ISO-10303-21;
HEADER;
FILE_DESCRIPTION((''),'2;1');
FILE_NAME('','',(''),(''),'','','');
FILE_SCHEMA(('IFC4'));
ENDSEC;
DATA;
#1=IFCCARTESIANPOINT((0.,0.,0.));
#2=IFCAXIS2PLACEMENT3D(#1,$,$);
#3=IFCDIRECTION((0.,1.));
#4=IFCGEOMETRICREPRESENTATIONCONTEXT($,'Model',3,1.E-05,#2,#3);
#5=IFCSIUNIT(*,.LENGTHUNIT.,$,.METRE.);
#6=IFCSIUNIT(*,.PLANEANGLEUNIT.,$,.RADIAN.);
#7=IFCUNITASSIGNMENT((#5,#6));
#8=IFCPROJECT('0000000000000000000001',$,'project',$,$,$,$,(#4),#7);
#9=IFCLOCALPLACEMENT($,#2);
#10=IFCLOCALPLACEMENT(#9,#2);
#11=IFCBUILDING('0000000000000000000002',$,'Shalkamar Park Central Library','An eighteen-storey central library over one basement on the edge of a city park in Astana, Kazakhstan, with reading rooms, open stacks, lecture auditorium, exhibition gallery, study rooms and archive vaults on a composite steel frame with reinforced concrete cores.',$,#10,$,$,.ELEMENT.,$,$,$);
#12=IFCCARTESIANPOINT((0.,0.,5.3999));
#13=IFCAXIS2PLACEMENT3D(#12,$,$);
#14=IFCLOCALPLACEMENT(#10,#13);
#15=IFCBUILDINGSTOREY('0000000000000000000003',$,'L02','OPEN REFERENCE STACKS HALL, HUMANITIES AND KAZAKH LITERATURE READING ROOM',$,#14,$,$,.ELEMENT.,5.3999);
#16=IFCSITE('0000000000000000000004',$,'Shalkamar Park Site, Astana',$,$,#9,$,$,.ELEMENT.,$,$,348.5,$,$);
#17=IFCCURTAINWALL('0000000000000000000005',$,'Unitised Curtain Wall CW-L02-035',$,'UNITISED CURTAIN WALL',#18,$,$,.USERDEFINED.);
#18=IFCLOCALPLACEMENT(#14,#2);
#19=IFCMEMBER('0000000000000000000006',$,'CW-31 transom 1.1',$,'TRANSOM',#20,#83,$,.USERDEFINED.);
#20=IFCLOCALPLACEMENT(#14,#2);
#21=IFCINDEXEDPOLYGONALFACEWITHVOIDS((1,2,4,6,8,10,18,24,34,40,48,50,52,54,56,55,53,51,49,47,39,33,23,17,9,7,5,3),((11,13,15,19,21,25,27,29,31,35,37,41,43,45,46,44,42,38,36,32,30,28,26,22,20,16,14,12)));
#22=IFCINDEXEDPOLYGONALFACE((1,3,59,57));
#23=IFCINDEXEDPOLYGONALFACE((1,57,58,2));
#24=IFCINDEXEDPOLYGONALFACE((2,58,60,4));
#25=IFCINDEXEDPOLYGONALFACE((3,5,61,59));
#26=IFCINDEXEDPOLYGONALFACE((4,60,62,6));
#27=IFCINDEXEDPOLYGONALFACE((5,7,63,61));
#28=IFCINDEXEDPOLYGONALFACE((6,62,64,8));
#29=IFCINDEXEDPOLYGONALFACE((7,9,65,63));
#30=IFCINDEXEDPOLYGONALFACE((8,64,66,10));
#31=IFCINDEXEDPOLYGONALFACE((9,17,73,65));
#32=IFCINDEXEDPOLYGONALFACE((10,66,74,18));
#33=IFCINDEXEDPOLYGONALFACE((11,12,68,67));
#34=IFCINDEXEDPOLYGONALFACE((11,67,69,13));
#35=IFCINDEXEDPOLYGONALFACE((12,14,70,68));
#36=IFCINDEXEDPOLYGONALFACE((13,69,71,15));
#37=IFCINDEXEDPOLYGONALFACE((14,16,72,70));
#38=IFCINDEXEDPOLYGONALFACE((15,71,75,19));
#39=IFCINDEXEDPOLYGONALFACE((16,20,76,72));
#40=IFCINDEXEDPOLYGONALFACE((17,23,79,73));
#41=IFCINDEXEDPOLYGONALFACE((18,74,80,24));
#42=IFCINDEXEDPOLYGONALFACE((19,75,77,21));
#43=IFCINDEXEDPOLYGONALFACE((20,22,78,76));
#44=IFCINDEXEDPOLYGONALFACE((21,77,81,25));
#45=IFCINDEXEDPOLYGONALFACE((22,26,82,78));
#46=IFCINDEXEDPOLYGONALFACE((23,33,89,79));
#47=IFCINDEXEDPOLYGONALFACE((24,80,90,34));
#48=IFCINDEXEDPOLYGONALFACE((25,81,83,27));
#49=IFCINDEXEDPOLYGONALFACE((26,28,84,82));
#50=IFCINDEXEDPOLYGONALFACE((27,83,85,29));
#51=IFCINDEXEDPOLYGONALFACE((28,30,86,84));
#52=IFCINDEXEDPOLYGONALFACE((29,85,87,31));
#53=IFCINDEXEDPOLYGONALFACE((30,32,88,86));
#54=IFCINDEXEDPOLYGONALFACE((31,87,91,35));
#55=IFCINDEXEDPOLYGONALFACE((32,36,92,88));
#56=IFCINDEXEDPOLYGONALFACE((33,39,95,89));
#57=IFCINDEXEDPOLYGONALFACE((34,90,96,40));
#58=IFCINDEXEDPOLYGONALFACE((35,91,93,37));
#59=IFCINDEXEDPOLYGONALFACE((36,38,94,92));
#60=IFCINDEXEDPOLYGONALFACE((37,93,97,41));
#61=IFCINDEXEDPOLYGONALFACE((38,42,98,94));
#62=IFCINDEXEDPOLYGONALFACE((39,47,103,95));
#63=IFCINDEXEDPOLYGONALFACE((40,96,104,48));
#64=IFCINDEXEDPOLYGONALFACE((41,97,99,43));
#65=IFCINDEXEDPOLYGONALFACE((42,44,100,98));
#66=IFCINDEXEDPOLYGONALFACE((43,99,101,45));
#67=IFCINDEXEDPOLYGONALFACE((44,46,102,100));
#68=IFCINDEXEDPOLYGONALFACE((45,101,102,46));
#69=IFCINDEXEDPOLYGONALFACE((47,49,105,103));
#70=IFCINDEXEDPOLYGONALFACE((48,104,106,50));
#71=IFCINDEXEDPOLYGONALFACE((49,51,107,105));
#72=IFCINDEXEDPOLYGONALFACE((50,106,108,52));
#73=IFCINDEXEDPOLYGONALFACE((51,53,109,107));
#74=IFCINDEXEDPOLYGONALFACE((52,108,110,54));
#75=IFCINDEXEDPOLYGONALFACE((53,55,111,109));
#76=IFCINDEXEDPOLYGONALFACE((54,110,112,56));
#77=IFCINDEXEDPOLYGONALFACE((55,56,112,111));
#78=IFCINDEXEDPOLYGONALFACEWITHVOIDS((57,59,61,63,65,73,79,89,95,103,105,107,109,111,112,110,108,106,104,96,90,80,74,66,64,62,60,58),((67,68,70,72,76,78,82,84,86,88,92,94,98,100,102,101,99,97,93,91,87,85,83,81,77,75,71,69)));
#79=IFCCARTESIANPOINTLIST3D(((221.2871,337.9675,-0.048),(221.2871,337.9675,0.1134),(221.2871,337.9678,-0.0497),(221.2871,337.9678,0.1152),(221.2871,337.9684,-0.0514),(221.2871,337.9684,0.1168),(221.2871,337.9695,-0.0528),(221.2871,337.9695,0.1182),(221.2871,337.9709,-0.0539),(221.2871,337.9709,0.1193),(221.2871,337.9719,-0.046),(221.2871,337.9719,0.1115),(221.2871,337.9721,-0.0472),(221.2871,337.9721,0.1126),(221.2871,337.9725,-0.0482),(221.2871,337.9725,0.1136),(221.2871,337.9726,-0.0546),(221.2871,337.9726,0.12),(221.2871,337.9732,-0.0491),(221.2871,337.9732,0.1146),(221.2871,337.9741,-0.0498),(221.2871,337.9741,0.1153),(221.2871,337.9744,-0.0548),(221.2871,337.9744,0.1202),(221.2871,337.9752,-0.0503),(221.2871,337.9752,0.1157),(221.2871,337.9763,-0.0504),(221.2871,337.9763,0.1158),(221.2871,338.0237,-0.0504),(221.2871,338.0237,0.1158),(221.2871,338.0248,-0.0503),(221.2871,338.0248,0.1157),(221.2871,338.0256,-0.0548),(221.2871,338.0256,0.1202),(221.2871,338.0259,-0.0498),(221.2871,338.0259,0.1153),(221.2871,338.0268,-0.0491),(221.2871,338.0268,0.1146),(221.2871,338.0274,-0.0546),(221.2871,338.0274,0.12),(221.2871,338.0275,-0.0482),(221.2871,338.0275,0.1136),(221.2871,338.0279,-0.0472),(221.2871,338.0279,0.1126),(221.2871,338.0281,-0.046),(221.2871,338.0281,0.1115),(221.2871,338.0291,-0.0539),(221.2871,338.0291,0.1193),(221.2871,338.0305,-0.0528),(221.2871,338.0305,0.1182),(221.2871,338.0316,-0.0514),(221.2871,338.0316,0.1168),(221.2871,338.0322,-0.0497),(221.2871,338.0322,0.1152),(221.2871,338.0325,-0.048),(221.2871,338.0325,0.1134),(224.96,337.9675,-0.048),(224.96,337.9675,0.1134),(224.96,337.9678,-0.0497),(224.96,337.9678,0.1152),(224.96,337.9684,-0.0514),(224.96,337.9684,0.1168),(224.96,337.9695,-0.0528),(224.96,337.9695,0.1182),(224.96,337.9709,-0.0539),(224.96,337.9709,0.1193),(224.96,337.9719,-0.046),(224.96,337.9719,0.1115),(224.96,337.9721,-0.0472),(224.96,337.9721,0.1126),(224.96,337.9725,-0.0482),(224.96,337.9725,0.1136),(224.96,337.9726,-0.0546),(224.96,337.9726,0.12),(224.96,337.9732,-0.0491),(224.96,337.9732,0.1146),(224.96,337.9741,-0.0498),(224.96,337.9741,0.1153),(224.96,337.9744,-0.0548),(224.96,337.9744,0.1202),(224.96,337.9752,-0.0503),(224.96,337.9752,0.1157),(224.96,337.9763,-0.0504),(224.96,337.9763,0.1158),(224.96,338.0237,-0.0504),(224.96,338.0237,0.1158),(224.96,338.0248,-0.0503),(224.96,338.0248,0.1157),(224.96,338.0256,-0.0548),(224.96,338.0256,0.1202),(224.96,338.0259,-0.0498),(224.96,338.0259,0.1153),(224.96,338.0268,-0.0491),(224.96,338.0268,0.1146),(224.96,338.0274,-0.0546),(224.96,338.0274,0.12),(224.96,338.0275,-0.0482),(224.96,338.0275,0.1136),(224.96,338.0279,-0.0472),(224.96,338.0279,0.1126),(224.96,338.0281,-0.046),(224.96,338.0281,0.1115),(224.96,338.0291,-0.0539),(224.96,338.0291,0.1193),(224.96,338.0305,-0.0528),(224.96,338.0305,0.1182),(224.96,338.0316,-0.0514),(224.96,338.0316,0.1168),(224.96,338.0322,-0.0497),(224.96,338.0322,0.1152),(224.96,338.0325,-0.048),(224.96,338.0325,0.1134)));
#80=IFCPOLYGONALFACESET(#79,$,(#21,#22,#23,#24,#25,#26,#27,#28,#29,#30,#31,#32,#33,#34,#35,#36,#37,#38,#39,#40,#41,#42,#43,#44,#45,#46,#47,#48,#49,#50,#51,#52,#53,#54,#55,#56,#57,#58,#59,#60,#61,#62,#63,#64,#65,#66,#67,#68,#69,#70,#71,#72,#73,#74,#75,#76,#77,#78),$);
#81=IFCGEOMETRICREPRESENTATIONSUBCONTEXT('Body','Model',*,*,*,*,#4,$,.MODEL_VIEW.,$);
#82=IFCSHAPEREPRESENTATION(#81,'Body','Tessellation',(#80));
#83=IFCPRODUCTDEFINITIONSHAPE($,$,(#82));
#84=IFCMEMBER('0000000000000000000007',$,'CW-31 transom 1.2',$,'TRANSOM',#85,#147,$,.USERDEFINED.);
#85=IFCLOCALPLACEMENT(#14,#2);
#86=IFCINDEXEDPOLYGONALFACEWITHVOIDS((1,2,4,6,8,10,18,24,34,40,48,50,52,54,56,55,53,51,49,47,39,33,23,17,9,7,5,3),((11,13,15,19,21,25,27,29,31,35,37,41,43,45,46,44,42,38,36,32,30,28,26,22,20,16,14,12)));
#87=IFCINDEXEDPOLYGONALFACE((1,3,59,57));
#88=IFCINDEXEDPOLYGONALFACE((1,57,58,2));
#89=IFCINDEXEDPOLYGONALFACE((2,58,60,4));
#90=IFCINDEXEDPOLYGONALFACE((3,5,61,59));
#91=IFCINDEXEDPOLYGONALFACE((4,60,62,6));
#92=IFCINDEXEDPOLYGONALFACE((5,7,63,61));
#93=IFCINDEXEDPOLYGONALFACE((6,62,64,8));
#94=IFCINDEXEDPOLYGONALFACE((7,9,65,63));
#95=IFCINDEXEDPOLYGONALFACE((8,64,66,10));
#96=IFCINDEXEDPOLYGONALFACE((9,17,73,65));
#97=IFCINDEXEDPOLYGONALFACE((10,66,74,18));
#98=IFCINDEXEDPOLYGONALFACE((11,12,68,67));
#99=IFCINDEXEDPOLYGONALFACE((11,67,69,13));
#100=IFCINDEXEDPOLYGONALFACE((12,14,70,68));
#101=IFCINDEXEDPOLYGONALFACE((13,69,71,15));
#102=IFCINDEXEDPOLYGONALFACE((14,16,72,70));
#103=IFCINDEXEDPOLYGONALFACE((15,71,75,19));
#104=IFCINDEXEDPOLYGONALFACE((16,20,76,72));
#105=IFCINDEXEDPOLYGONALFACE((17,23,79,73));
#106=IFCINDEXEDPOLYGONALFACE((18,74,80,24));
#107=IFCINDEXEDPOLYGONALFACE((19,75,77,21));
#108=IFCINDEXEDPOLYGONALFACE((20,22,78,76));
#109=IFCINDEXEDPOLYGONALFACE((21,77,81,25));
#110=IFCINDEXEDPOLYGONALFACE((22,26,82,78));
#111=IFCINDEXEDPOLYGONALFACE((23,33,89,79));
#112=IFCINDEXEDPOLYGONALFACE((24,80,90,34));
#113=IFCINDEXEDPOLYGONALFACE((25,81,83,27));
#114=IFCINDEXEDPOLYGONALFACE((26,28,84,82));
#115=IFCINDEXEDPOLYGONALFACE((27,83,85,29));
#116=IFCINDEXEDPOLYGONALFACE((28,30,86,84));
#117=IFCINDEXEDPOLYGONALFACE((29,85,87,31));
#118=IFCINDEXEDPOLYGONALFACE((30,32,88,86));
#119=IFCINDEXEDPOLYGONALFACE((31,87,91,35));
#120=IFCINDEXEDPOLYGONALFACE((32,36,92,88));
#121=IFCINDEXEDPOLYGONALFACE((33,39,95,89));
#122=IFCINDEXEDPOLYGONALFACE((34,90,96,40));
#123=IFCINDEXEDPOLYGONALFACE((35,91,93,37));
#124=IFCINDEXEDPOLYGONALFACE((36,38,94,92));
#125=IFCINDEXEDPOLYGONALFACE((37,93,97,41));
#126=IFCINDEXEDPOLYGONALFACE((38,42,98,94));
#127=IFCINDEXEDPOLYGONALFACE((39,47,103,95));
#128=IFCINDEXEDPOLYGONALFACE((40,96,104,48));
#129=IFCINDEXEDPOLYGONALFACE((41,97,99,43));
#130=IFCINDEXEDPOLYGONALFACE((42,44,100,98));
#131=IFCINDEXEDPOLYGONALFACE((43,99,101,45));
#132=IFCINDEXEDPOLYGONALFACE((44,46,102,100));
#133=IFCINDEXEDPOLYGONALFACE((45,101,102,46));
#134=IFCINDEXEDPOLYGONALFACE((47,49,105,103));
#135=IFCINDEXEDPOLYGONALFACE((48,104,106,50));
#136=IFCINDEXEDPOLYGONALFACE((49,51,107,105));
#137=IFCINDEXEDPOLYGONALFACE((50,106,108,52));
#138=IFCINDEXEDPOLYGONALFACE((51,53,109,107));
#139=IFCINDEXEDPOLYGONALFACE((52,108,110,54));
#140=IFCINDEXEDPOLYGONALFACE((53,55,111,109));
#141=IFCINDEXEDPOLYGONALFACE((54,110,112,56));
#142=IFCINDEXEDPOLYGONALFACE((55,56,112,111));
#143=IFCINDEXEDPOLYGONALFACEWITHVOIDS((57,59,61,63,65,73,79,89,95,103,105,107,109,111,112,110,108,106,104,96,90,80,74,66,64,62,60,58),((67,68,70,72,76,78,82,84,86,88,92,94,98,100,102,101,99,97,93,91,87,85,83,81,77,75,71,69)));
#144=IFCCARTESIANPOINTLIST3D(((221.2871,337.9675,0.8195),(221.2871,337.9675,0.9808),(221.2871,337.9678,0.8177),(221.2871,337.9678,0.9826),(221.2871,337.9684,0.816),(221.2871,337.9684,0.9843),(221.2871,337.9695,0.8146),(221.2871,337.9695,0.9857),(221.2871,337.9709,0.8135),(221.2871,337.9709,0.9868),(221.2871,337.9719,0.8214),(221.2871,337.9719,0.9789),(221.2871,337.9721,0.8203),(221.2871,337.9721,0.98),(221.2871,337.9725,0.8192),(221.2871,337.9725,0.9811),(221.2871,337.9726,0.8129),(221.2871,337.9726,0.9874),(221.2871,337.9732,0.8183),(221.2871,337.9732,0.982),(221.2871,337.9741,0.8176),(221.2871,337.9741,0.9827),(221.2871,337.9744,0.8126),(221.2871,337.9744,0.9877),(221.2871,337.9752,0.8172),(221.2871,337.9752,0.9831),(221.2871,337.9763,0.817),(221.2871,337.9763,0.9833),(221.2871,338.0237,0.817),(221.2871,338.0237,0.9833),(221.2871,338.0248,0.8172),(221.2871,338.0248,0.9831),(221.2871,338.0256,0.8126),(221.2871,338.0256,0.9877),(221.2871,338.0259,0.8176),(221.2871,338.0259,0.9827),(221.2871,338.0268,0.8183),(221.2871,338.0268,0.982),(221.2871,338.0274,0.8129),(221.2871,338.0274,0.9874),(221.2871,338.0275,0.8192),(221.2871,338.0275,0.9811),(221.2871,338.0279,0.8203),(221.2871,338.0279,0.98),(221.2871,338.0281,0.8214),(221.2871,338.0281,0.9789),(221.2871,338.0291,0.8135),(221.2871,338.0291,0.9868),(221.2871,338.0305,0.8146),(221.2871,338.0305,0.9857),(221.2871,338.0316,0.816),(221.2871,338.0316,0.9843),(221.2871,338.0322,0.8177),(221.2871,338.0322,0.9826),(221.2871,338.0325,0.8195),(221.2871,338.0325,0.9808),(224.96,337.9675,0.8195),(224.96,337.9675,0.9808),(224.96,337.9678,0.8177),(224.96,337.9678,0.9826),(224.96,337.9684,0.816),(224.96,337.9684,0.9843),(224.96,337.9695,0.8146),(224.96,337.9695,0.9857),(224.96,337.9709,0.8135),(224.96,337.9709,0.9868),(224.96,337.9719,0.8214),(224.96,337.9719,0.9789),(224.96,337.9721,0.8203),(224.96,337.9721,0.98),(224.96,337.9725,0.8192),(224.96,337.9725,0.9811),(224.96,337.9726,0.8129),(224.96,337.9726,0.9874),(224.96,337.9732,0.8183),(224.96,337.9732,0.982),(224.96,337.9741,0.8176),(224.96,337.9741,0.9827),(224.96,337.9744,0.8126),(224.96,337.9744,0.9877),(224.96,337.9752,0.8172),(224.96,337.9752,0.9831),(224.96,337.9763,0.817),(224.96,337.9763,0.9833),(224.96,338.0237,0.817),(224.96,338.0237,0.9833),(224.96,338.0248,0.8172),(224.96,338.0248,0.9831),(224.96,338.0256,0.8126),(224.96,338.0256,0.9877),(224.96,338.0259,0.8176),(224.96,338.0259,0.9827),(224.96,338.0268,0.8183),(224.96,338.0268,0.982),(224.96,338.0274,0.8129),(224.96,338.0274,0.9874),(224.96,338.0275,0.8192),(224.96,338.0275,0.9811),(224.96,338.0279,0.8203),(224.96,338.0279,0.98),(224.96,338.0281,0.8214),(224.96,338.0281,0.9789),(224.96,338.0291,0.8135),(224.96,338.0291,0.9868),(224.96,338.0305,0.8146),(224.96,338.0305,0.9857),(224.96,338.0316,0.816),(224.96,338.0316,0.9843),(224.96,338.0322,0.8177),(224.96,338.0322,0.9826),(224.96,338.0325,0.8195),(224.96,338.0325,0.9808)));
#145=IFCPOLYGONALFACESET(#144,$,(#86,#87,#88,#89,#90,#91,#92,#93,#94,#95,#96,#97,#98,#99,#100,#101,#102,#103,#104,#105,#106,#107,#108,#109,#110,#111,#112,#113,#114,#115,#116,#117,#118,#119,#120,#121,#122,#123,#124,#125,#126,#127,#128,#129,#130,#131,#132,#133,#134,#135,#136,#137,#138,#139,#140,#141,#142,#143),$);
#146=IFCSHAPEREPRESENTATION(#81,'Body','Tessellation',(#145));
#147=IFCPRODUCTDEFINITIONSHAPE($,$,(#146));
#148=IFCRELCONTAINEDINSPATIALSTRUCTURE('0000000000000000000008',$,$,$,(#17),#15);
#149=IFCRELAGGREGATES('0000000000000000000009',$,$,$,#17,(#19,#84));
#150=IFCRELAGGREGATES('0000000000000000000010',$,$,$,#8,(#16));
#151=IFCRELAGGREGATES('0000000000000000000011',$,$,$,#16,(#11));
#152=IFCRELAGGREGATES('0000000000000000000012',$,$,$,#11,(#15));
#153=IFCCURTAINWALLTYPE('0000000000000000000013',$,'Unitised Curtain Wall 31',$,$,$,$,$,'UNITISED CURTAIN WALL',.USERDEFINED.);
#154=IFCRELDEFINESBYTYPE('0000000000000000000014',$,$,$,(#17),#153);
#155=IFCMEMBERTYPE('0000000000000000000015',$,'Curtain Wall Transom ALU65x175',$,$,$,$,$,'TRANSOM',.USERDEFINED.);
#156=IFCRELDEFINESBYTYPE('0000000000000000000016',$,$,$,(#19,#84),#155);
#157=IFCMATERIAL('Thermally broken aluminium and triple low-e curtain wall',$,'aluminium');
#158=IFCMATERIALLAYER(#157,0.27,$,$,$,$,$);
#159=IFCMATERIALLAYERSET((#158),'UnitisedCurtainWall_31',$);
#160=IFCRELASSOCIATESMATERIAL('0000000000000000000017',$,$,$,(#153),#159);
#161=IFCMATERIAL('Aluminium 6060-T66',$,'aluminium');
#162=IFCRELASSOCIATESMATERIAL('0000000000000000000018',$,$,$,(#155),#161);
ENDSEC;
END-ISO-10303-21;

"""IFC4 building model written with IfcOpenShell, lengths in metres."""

from ifc_helpers import new_model, si_unit, direction, frame, origin, origin_2d, place, context, subcontext, project, spatial, hollow_rectangle, extrude, material, layer, layer_set, material_profile, profile_set, type_object, element, aggregate, save


model = new_model("IFC4")

# Units and contexts
model_context = context("Model", 3, precision=1e-05, world=origin(), true_north=direction((0.0, 1.0)))
body_context = subcontext(model_context, "Body", "Model", "MODEL_VIEW")
ifc_project = project(units=[si_unit("LENGTHUNIT", "METRE"), si_unit("PLANEANGLEUNIT", "RADIAN")], contexts=[model_context])

# Site, building, storey
site_placement = place(None, origin())
site = spatial("IfcSite", under=ifc_project, at=site_placement, Name="Shalkamar Park Site, Astana", CompositionType="ELEMENT", RefElevation=348.5)
building_placement = place(site_placement, origin())
building = spatial("IfcBuilding", under=site, at=building_placement, Name="Shalkamar Park Central Library", Description="An eighteen-storey central library over one basement on the edge of a city park in Astana, Kazakhstan, with reading rooms, open stacks, lecture auditorium, exhibition gallery, study rooms and archive vaults on a composite steel frame with reinforced concrete cores.", CompositionType="ELEMENT")
storey_placement = place(building_placement, frame((0.0, 0.0, 5.3999)))
storey = spatial("IfcBuildingStorey", under=building, at=storey_placement, Name="L02", Description="OPEN REFERENCE STACKS HALL, HUMANITIES AND KAZAKH LITERATURE READING ROOM", CompositionType="ELEMENT", Elevation=5.3999)

# Curtain wall
ifc_material_1 = material(Name="Thermally broken aluminium and triple low-e curtain wall", Category="aluminium")
ifc_layer_1 = layer(ifc_material_1, 0.27)
ifc_layer_set_1 = layer_set([ifc_layer_1], Name="UnitisedCurtainWall_31")
curtain_wall_type_1 = type_object("IfcCurtainWallType", Name="Unitised Curtain Wall 31", ElementType="UNITISED CURTAIN WALL", PredefinedType="USERDEFINED", material=ifc_layer_set_1)
curtain_wall_1_placement = place(storey_placement, origin())
curtain_wall_1 = element("IfcCurtainWall", 1, at=curtain_wall_1_placement, inside=storey, type_object=curtain_wall_type_1, Name="Unitised Curtain Wall CW-L02-035", ObjectType="UNITISED CURTAIN WALL", PredefinedType="USERDEFINED")
ifc_material_2 = material(Name="Aluminium 6060-T66", Category="aluminium")

# Members
ifc_material_profile_1 = material_profile(ifc_material_2, hollow_rectangle(XDim=0.0649, YDim=0.175, WallThickness=0.0044, InnerFilletRadius=0.0044, OuterFilletRadius=0.0068, at=origin_2d()), Name="ALU 65x175x4.5")
ifc_profile_set_1 = profile_set([ifc_material_profile_1], Name="Aluminium 6060-T66")
member_type_1 = type_object("IfcMemberType", Name="Curtain Wall Transom ALU65x175", ElementType="TRANSOM", PredefinedType="USERDEFINED", material=ifc_profile_set_1)
member_1_placement = place(storey_placement, frame((221.2871, 338.0, 0.0327), z_axis=(1.0, 0.0, 0.0), x_axis=(0.0, 1.0, 0.0)))
member_1 = element("IfcMember", 2, at=member_1_placement, type_object=member_type_1, Name="CW-31 transom 1.1", ObjectType="TRANSOM", PredefinedType="USERDEFINED", context=body_context, shape_type="SweptSolid", body=[
    extrude(hollow_rectangle(XDim=0.0649, YDim=0.175, WallThickness=0.0044, InnerFilletRadius=0.0044, OuterFilletRadius=0.0068, at=origin_2d()), origin(), (0.0, 0.0, 1.0), 3.6729),
])
member_2_placement = place(storey_placement, frame((221.2871, 338.0, 0.9001), z_axis=(1.0, 0.0, 0.0), x_axis=(0.0, 1.0, 0.0)))
member_2 = element("IfcMember", 3, at=member_2_placement, type_object=member_type_1, Name="CW-31 transom 1.2", ObjectType="TRANSOM", PredefinedType="USERDEFINED", context=body_context, shape_type="SweptSolid", body=[
    extrude(hollow_rectangle(XDim=0.0649, YDim=0.175, WallThickness=0.0044, InnerFilletRadius=0.0044, OuterFilletRadius=0.0068, at=origin_2d()), origin(), (0.0, 0.0, 1.0), 3.6729),
])

aggregate(curtain_wall_1, [member_1, member_2])

save(model, "model.ifc")
